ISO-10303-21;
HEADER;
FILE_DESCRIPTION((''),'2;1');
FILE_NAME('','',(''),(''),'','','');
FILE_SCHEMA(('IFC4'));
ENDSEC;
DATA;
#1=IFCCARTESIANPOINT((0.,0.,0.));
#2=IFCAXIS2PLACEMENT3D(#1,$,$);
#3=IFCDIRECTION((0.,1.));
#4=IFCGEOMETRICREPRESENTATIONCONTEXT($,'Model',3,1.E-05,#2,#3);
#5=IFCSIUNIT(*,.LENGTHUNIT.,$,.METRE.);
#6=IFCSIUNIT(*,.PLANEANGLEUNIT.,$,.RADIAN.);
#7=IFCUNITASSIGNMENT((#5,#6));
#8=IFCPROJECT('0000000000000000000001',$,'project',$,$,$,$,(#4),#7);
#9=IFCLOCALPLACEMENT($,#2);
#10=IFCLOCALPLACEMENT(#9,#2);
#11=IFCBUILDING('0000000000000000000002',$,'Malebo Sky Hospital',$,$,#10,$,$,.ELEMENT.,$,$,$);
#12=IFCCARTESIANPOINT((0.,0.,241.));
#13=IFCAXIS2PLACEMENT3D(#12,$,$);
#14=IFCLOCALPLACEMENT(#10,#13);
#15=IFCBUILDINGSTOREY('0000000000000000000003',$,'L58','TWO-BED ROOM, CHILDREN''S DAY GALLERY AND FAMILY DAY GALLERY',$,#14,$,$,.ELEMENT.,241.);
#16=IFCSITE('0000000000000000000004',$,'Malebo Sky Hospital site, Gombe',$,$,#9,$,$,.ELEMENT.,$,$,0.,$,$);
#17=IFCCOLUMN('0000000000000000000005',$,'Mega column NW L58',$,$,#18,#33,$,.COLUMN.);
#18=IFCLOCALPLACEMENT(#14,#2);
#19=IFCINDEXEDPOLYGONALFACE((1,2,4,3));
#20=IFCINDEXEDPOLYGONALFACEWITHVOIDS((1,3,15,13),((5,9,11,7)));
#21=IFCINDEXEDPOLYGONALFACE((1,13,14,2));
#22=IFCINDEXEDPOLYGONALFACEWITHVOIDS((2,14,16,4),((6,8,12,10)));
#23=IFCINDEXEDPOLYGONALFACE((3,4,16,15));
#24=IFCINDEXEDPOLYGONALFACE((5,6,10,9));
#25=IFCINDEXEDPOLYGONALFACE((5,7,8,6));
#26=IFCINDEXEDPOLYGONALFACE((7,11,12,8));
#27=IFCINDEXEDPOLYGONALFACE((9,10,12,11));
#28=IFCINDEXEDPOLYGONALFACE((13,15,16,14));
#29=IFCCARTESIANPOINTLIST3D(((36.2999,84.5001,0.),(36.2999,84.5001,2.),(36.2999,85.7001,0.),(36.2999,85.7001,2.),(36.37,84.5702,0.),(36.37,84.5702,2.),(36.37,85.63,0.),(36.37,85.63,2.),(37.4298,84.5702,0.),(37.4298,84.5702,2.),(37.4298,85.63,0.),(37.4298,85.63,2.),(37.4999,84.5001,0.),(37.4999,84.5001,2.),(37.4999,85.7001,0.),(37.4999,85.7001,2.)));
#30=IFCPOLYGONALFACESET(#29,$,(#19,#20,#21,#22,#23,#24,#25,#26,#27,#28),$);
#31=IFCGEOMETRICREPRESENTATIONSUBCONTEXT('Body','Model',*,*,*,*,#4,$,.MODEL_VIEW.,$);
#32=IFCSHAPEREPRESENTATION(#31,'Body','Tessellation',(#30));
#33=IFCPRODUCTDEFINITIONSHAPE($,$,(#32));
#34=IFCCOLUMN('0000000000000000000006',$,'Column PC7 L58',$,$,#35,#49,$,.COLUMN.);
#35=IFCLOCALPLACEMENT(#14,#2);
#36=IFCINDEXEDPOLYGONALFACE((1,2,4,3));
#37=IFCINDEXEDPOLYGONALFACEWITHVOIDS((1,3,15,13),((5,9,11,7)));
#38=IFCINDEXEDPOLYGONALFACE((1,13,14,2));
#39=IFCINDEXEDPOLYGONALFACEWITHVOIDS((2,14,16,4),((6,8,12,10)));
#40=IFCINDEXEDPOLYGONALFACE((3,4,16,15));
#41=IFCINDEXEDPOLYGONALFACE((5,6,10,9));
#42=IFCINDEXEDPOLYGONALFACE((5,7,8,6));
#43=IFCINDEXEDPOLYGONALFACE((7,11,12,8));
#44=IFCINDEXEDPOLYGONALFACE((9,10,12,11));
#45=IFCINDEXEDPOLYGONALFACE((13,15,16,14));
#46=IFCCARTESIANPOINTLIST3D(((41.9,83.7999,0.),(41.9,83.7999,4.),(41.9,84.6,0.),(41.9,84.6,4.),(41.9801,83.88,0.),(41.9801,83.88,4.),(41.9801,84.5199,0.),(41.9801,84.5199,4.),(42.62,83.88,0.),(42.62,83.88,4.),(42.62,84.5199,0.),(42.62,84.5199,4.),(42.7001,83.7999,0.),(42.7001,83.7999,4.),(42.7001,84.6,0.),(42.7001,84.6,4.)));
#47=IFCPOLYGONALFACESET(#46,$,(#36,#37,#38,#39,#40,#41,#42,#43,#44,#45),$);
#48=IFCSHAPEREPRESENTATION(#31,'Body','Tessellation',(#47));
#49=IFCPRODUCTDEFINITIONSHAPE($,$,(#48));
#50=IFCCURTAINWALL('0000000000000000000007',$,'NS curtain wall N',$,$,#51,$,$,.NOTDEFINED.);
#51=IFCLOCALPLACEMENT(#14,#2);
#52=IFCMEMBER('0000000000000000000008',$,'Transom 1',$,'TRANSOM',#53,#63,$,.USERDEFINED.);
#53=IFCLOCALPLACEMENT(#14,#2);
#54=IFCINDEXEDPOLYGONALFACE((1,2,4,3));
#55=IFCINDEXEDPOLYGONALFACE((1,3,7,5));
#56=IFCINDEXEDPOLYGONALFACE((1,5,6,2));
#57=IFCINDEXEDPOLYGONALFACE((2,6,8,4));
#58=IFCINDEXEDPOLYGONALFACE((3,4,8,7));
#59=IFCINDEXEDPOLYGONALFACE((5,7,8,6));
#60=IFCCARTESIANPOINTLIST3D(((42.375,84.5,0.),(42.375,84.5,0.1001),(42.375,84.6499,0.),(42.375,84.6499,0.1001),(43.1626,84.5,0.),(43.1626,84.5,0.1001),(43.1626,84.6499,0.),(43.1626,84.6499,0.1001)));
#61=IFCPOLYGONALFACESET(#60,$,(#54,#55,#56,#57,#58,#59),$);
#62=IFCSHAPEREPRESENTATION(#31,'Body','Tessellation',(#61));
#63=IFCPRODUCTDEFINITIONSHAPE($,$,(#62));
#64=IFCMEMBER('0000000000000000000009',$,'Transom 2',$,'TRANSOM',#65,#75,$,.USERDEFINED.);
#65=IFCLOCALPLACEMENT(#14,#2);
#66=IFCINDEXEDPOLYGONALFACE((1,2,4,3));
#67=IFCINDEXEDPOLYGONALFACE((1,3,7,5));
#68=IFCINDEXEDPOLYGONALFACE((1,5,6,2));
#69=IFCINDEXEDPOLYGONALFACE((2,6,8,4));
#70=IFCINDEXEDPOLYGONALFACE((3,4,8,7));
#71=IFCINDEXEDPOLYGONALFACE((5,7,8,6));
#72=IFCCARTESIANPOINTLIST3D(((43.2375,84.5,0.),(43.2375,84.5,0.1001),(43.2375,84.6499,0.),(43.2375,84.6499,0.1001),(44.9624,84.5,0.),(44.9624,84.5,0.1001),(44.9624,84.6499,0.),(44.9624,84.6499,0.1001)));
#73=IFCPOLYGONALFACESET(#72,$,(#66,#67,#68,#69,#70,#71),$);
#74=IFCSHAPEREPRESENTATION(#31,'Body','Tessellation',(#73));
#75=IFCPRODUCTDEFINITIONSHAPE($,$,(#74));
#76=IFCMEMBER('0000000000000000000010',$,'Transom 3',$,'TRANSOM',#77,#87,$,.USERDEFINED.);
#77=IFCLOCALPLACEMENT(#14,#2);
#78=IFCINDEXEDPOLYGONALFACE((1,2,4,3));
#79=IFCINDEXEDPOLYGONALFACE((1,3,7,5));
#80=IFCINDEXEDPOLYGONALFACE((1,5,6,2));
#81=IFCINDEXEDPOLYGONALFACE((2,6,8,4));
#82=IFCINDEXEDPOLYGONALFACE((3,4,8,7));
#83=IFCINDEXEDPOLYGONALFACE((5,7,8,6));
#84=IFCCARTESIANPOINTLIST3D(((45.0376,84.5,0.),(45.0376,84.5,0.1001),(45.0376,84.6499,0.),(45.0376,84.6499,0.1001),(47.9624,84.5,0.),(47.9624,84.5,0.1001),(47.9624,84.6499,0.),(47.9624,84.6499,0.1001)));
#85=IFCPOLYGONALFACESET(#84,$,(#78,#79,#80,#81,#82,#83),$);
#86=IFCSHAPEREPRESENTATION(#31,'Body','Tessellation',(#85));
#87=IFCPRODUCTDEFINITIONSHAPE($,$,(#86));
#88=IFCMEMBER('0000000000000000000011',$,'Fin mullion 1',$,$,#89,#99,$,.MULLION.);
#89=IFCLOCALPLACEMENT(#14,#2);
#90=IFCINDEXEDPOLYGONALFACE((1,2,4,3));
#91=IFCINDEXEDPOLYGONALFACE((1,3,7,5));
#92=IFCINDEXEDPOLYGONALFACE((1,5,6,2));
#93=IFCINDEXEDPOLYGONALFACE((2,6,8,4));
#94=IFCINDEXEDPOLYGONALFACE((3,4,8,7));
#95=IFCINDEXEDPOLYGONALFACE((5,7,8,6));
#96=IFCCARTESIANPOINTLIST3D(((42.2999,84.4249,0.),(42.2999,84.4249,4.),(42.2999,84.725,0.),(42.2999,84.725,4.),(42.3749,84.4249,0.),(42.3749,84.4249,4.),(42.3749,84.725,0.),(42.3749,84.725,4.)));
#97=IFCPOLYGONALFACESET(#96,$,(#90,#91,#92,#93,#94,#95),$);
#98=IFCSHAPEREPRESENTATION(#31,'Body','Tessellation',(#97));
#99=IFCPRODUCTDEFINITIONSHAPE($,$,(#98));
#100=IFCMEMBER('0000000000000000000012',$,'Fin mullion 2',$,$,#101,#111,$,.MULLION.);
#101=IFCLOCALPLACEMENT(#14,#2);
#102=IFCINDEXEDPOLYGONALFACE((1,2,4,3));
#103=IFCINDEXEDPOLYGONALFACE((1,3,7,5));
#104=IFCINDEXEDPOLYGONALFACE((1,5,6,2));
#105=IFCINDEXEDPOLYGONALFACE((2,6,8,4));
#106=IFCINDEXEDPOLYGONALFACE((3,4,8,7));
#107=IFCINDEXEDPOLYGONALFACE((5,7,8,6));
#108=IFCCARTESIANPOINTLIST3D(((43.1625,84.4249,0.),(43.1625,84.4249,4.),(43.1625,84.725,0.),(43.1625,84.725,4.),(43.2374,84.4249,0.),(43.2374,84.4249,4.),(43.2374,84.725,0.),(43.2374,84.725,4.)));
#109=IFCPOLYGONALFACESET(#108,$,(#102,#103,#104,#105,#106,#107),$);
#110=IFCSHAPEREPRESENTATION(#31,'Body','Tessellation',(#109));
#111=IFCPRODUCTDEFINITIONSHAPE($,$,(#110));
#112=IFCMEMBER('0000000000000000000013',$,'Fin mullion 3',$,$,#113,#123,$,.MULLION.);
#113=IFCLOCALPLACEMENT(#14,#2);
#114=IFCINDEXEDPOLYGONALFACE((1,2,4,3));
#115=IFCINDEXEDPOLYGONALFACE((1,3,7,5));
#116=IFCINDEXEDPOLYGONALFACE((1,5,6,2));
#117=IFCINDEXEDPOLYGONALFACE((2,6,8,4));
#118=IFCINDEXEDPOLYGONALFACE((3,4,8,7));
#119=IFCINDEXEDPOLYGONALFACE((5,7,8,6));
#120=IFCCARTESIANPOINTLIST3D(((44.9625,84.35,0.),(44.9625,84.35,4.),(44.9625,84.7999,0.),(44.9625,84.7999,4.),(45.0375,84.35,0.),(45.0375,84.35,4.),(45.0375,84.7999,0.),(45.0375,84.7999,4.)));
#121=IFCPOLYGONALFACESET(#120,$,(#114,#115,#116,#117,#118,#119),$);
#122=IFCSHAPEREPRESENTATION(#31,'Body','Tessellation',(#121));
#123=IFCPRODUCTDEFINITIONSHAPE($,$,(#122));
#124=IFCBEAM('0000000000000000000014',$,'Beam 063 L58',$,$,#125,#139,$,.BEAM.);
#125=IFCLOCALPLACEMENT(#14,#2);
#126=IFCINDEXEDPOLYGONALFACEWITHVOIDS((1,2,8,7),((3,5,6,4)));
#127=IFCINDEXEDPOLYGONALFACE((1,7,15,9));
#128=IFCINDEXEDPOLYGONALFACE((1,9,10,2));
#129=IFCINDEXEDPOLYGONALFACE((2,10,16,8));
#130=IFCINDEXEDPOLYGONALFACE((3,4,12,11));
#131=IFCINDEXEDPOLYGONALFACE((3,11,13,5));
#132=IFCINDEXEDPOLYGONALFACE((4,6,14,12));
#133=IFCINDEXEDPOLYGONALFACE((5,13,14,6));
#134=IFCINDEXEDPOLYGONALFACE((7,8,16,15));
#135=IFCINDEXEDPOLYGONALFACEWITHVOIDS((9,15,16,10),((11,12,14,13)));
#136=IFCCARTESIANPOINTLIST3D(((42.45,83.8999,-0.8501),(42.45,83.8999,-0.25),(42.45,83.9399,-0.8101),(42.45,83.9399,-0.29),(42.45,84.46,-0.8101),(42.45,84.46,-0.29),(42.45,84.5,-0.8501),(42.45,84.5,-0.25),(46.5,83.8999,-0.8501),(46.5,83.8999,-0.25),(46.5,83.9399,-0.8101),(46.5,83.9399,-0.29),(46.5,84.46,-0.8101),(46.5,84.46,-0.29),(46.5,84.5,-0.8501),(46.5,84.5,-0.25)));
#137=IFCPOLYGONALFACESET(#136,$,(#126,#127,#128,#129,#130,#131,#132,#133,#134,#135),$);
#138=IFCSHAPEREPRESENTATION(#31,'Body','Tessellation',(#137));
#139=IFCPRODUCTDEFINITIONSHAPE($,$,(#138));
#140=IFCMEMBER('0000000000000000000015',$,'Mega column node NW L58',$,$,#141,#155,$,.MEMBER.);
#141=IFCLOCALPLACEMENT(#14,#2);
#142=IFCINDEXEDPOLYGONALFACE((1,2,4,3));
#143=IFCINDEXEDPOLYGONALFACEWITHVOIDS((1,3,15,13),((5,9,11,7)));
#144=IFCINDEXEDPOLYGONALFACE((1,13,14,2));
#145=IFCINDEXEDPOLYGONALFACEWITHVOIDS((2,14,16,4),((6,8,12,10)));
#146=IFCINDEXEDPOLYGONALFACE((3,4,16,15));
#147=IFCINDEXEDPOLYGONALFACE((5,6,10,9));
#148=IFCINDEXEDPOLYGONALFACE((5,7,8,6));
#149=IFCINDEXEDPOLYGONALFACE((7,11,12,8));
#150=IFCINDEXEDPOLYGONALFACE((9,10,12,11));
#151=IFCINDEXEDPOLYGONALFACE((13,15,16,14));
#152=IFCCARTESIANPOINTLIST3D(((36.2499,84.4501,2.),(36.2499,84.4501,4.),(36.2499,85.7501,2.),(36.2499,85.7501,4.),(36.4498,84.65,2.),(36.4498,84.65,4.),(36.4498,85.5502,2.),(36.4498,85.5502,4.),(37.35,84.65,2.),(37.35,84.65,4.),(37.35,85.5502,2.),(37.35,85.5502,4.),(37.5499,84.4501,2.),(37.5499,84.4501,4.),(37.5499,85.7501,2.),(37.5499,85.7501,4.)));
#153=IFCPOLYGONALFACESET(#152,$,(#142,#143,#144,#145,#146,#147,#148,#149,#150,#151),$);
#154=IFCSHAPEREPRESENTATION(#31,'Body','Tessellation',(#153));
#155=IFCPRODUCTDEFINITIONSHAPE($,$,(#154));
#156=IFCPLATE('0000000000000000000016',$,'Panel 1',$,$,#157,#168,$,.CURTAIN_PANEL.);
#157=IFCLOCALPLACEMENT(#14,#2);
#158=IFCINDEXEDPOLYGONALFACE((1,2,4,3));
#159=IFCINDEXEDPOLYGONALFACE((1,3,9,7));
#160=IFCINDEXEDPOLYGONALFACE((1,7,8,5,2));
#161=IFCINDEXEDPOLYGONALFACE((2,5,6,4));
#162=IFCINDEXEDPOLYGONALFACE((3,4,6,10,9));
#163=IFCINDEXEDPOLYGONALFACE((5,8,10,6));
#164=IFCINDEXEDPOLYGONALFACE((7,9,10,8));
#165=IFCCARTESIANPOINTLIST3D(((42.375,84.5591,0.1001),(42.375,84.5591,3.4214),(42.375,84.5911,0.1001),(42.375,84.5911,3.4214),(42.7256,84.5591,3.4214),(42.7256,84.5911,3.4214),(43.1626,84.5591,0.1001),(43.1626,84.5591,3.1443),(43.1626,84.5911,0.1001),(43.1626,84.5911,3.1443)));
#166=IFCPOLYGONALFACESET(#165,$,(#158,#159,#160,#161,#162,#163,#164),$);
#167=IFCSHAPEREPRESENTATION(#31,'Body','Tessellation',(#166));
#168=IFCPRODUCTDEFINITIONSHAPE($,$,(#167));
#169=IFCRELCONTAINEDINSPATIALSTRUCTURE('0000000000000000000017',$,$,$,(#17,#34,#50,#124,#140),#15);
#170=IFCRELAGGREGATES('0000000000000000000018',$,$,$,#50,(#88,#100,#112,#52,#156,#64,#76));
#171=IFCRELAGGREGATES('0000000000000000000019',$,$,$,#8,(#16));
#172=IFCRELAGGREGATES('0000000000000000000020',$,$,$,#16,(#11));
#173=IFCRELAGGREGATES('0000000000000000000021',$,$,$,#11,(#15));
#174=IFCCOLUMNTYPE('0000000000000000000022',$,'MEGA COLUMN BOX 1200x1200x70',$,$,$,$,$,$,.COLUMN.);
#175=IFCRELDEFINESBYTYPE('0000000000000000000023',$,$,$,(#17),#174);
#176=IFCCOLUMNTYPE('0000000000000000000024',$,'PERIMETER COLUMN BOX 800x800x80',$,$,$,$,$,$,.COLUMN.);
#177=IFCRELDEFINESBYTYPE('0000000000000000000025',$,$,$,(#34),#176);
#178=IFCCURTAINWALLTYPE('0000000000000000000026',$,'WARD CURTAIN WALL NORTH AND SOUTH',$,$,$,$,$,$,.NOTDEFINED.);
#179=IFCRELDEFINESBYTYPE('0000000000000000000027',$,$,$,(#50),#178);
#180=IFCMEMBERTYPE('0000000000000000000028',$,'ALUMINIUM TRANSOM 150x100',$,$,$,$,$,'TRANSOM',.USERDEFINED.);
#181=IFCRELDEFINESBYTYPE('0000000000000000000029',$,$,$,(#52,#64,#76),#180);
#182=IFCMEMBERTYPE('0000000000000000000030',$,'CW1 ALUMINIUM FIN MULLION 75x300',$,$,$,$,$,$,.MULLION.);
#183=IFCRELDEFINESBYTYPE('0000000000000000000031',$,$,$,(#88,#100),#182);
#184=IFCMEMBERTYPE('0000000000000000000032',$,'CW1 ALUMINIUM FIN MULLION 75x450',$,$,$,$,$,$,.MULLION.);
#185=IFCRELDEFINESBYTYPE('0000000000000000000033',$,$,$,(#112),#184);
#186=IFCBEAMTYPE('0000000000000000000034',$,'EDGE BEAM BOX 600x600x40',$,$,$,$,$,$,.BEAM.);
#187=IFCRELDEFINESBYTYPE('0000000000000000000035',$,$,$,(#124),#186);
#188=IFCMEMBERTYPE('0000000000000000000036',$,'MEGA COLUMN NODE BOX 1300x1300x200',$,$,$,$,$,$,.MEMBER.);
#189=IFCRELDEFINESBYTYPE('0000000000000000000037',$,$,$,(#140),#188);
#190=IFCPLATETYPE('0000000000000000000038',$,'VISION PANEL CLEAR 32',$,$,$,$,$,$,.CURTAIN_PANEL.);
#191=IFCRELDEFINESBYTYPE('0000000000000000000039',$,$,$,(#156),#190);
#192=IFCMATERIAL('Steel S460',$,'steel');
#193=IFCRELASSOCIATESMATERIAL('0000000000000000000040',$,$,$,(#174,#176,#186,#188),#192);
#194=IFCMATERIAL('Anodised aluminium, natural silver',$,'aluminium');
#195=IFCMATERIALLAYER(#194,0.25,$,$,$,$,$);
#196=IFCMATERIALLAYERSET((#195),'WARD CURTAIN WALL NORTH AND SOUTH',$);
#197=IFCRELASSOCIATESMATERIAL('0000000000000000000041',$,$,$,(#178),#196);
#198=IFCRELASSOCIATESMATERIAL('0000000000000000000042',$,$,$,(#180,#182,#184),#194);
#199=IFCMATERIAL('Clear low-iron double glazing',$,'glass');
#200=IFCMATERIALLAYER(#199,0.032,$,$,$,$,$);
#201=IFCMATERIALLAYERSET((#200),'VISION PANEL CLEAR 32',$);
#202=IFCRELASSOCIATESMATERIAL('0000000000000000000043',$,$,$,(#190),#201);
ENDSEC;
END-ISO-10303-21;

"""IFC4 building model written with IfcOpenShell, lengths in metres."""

from ifc_helpers import new_model, si_unit, direction, frame, origin, origin_2d, place, context, subcontext, project, spatial, polyline, rectangle, hollow_rectangle, outline, extrude, material, layer, layer_set, material_profile, profile_set, type_object, element, aggregate, save


model = new_model("IFC4")

# Units and contexts
model_context = context("Model", 3, precision=1e-05, world=origin(), true_north=direction((0.0, 1.0)))
body_context = subcontext(model_context, "Body", "Model", "MODEL_VIEW")
ifc_project = project(units=[si_unit("LENGTHUNIT", "METRE"), si_unit("PLANEANGLEUNIT", "RADIAN")], contexts=[model_context])

# Site, building, storey
site_placement = place(None, origin())
site = spatial("IfcSite", under=ifc_project, at=site_placement, Name="Malebo Sky Hospital site, Gombe", CompositionType="ELEMENT", RefElevation=0.0)
building_placement = place(site_placement, origin())
building = spatial("IfcBuilding", under=site, at=building_placement, Name="Malebo Sky Hospital", CompositionType="ELEMENT")
storey_placement = place(building_placement, frame((0.0, 0.0, 241.0)))
storey = spatial("IfcBuildingStorey", under=building, at=storey_placement, Name="L58", Description="TWO-BED ROOM, CHILDREN'S DAY GALLERY AND FAMILY DAY GALLERY", CompositionType="ELEMENT", Elevation=241.0)

# Columns
ifc_material_1 = material(Name="Steel S460", Category="steel")
ifc_material_profile_1 = material_profile(ifc_material_1, hollow_rectangle(XDim=1.2, YDim=1.2, WallThickness=0.0701, at=origin_2d()), Name="BOX 1200x1200x70")
ifc_profile_set_1 = profile_set([ifc_material_profile_1], Name="Steel S460")
column_type_1 = type_object("IfcColumnType", Name="MEGA COLUMN BOX 1200x1200x70", PredefinedType="COLUMN", material=ifc_profile_set_1)
column_1_placement = place(storey_placement, frame((36.8999, 85.1001, 0.0), z_axis=(0.0, 0.0, 1.0), x_axis=(1.0, 0.0, 0.0)))
element("IfcColumn", 1, at=column_1_placement, inside=storey, type_object=column_type_1, Name="Mega column NW L58", PredefinedType="COLUMN", context=body_context, shape_type="SweptSolid", body=[
    extrude(hollow_rectangle(XDim=1.2, YDim=1.2, WallThickness=0.0701, at=origin_2d()), origin(), (0.0, 0.0, 1.0), 2.0),
])
ifc_material_profile_2 = material_profile(ifc_material_1, hollow_rectangle(XDim=0.8, YDim=0.8, WallThickness=0.0801, at=origin_2d()), Name="BOX 800x800x80")
ifc_profile_set_2 = profile_set([ifc_material_profile_2], Name="Steel S460")
column_type_2 = type_object("IfcColumnType", Name="PERIMETER COLUMN BOX 800x800x80", PredefinedType="COLUMN", material=ifc_profile_set_2)
column_2_placement = place(storey_placement, frame((42.3, 84.2, 0.0), z_axis=(0.0, 0.0, 1.0), x_axis=(1.0, 0.0, 0.0)))
element("IfcColumn", 2, at=column_2_placement, inside=storey, type_object=column_type_2, Name="Column PC7 L58", PredefinedType="COLUMN", context=body_context, shape_type="SweptSolid", body=[
    extrude(hollow_rectangle(XDim=0.8, YDim=0.8, WallThickness=0.0801, at=origin_2d()), origin(), (0.0, 0.0, 1.0), 4.0),
])

# Curtain wall, members
ifc_material_2 = material(Name="Anodised aluminium, natural silver", Category="aluminium")
ifc_layer_1 = layer(ifc_material_2, 0.25)
ifc_layer_set_1 = layer_set([ifc_layer_1], Name="WARD CURTAIN WALL NORTH AND SOUTH")
curtain_wall_type = type_object("IfcCurtainWallType", Name="WARD CURTAIN WALL NORTH AND SOUTH", PredefinedType="NOTDEFINED", material=ifc_layer_set_1)
curtain_wall_placement = place(storey_placement, origin())
curtain_wall = element("IfcCurtainWall", 3, at=curtain_wall_placement, inside=storey, type_object=curtain_wall_type, Name="NS curtain wall N", PredefinedType="NOTDEFINED")
ifc_material_profile_3 = material_profile(ifc_material_2, rectangle(XDim=0.1499, YDim=0.1001, at=origin_2d()), Name="ALUMINIUM TRANSOM 150x100")
ifc_profile_set_3 = profile_set([ifc_material_profile_3], Name="Anodised aluminium, natural silver")
member_type_1 = type_object("IfcMemberType", Name="ALUMINIUM TRANSOM 150x100", ElementType="TRANSOM", PredefinedType="USERDEFINED", material=ifc_profile_set_3)
member_1_placement = place(storey_placement, frame((42.375, 84.575, 0.05), z_axis=(1.0, 0.0, 0.0), x_axis=(0.0, 1.0, 0.0)))
member_1 = element("IfcMember", 4, at=member_1_placement, type_object=member_type_1, Name="Transom 1", ObjectType="TRANSOM", PredefinedType="USERDEFINED", context=body_context, shape_type="SweptSolid", body=[
    extrude(rectangle(XDim=0.1499, YDim=0.1001, at=origin_2d()), origin(), (0.0, 0.0, 1.0), 0.7876),
])
member_2_placement = place(storey_placement, frame((43.2375, 84.575, 0.05), z_axis=(1.0, 0.0, 0.0), x_axis=(0.0, 1.0, 0.0)))
member_2 = element("IfcMember", 5, at=member_2_placement, type_object=member_type_1, Name="Transom 2", ObjectType="TRANSOM", PredefinedType="USERDEFINED", context=body_context, shape_type="SweptSolid", body=[
    extrude(rectangle(XDim=0.1499, YDim=0.1001, at=origin_2d()), origin(), (0.0, 0.0, 1.0), 1.7249),
])
member_3_placement = place(storey_placement, frame((45.0376, 84.575, 0.05), z_axis=(1.0, 0.0, 0.0), x_axis=(0.0, 1.0, 0.0)))
member_3 = element("IfcMember", 6, at=member_3_placement, type_object=member_type_1, Name="Transom 3", ObjectType="TRANSOM", PredefinedType="USERDEFINED", context=body_context, shape_type="SweptSolid", body=[
    extrude(rectangle(XDim=0.1499, YDim=0.1001, at=origin_2d()), origin(), (0.0, 0.0, 1.0), 2.9248),
])
ifc_material_profile_4 = material_profile(ifc_material_2, rectangle(XDim=0.075, YDim=0.3, at=origin_2d()), Name="CW1 ALUMINIUM FIN MULLION 75x300")
ifc_profile_set_4 = profile_set([ifc_material_profile_4], Name="Anodised aluminium, natural silver")
member_type_2 = type_object("IfcMemberType", Name="CW1 ALUMINIUM FIN MULLION 75x300", PredefinedType="MULLION", material=ifc_profile_set_4)
member_4_placement = place(storey_placement, frame((42.3374, 84.575, 0.0), z_axis=(0.0, 0.0, 1.0), x_axis=(1.0, 0.0, 0.0)))
member_4 = element("IfcMember", 7, at=member_4_placement, type_object=member_type_2, Name="Fin mullion 1", PredefinedType="MULLION", context=body_context, shape_type="SweptSolid", body=[
    extrude(rectangle(XDim=0.075, YDim=0.3, at=origin_2d()), origin(), (0.0, 0.0, 1.0), 4.0),
])
member_5_placement = place(storey_placement, frame((43.2, 84.575, 0.0), z_axis=(0.0, 0.0, 1.0), x_axis=(1.0, 0.0, 0.0)))
member_5 = element("IfcMember", 8, at=member_5_placement, type_object=member_type_2, Name="Fin mullion 2", PredefinedType="MULLION", context=body_context, shape_type="SweptSolid", body=[
    extrude(rectangle(XDim=0.075, YDim=0.3, at=origin_2d()), origin(), (0.0, 0.0, 1.0), 4.0),
])
ifc_material_profile_5 = material_profile(ifc_material_2, rectangle(XDim=0.075, YDim=0.45, at=origin_2d()), Name="CW1 ALUMINIUM FIN MULLION 75x450")
ifc_profile_set_5 = profile_set([ifc_material_profile_5], Name="Anodised aluminium, natural silver")
member_type_3 = type_object("IfcMemberType", Name="CW1 ALUMINIUM FIN MULLION 75x450", PredefinedType="MULLION", material=ifc_profile_set_5)
member_6_placement = place(storey_placement, frame((45.0, 84.575, 0.0), z_axis=(0.0, 0.0, 1.0), x_axis=(1.0, 0.0, 0.0)))
member_6 = element("IfcMember", 9, at=member_6_placement, type_object=member_type_3, Name="Fin mullion 3", PredefinedType="MULLION", context=body_context, shape_type="SweptSolid", body=[
    extrude(rectangle(XDim=0.075, YDim=0.45, at=origin_2d()), origin(), (0.0, 0.0, 1.0), 4.0),
])

# Beam
ifc_material_profile_6 = material_profile(ifc_material_1, hollow_rectangle(XDim=0.6001, YDim=0.6001, WallThickness=0.04, at=origin_2d()), Name="BOX 600x600x40")
ifc_profile_set_6 = profile_set([ifc_material_profile_6], Name="Steel S460")
beam_type = type_object("IfcBeamType", Name="EDGE BEAM BOX 600x600x40", PredefinedType="BEAM", material=ifc_profile_set_6)
beam_placement = place(storey_placement, frame((42.45, 84.2, -0.55), z_axis=(1.0, 0.0, 0.0), x_axis=(0.0, 1.0, 0.0)))
element("IfcBeam", 10, at=beam_placement, inside=storey, type_object=beam_type, Name="Beam 063 L58", PredefinedType="BEAM", context=body_context, shape_type="SweptSolid", body=[
    extrude(hollow_rectangle(XDim=0.6001, YDim=0.6001, WallThickness=0.04, at=origin_2d()), origin(), (0.0, 0.0, 1.0), 4.05),
])

# Member
ifc_material_profile_7 = material_profile(ifc_material_1, hollow_rectangle(XDim=1.3, YDim=1.3, WallThickness=0.2, at=origin_2d()), Name="BOX 1300x1300x200")
ifc_profile_set_7 = profile_set([ifc_material_profile_7], Name="Steel S460")
member_type_4 = type_object("IfcMemberType", Name="MEGA COLUMN NODE BOX 1300x1300x200", PredefinedType="MEMBER", material=ifc_profile_set_7)
member_7_placement = place(storey_placement, frame((36.8999, 85.1001, 2.0), z_axis=(0.0, 0.0, 1.0), x_axis=(1.0, 0.0, 0.0)))
element("IfcMember", 11, at=member_7_placement, inside=storey, type_object=member_type_4, Name="Mega column node NW L58", PredefinedType="MEMBER", context=body_context, shape_type="SweptSolid", body=[
    extrude(hollow_rectangle(XDim=1.3, YDim=1.3, WallThickness=0.2, at=origin_2d()), origin(), (0.0, 0.0, 1.0), 2.0),
])

# Plate
ifc_material_3 = material(Name="Clear low-iron double glazing", Category="glass")
ifc_layer_2 = layer(ifc_material_3, 0.032)
ifc_layer_set_2 = layer_set([ifc_layer_2], Name="VISION PANEL CLEAR 32")
plate_type = type_object("IfcPlateType", Name="VISION PANEL CLEAR 32", PredefinedType="CURTAIN_PANEL", material=ifc_layer_set_2)
plate_1_placement = place(storey_placement, frame((42.7688, 84.575, 0.1001), z_axis=(0.0, 0.0, 1.0), x_axis=(1.0, 0.0, 0.0)))
plate_1 = element("IfcPlate", 12, at=plate_1_placement, type_object=plate_type, Name="Panel 1", PredefinedType="CURTAIN_PANEL", context=body_context, shape_type="SweptSolid", body=[
    extrude(outline(polyline([(-0.3938, 0.0), (0.3938, 0.0), (0.3938, 3.0442), (-0.0432, 3.3213), (-0.3938, 3.3213), (-0.3938, 0.0)])), frame((0.0, 0.0161, 0.0), z_axis=(0.0, -1.0, 0.0), x_axis=(1.0, 0.0, 0.0)), (0.0, 0.0, 1.0), 0.032),
])
aggregate(curtain_wall, [member_4, member_5, member_6, member_1, plate_1, member_2, member_3])

save(model, "model.ifc")
